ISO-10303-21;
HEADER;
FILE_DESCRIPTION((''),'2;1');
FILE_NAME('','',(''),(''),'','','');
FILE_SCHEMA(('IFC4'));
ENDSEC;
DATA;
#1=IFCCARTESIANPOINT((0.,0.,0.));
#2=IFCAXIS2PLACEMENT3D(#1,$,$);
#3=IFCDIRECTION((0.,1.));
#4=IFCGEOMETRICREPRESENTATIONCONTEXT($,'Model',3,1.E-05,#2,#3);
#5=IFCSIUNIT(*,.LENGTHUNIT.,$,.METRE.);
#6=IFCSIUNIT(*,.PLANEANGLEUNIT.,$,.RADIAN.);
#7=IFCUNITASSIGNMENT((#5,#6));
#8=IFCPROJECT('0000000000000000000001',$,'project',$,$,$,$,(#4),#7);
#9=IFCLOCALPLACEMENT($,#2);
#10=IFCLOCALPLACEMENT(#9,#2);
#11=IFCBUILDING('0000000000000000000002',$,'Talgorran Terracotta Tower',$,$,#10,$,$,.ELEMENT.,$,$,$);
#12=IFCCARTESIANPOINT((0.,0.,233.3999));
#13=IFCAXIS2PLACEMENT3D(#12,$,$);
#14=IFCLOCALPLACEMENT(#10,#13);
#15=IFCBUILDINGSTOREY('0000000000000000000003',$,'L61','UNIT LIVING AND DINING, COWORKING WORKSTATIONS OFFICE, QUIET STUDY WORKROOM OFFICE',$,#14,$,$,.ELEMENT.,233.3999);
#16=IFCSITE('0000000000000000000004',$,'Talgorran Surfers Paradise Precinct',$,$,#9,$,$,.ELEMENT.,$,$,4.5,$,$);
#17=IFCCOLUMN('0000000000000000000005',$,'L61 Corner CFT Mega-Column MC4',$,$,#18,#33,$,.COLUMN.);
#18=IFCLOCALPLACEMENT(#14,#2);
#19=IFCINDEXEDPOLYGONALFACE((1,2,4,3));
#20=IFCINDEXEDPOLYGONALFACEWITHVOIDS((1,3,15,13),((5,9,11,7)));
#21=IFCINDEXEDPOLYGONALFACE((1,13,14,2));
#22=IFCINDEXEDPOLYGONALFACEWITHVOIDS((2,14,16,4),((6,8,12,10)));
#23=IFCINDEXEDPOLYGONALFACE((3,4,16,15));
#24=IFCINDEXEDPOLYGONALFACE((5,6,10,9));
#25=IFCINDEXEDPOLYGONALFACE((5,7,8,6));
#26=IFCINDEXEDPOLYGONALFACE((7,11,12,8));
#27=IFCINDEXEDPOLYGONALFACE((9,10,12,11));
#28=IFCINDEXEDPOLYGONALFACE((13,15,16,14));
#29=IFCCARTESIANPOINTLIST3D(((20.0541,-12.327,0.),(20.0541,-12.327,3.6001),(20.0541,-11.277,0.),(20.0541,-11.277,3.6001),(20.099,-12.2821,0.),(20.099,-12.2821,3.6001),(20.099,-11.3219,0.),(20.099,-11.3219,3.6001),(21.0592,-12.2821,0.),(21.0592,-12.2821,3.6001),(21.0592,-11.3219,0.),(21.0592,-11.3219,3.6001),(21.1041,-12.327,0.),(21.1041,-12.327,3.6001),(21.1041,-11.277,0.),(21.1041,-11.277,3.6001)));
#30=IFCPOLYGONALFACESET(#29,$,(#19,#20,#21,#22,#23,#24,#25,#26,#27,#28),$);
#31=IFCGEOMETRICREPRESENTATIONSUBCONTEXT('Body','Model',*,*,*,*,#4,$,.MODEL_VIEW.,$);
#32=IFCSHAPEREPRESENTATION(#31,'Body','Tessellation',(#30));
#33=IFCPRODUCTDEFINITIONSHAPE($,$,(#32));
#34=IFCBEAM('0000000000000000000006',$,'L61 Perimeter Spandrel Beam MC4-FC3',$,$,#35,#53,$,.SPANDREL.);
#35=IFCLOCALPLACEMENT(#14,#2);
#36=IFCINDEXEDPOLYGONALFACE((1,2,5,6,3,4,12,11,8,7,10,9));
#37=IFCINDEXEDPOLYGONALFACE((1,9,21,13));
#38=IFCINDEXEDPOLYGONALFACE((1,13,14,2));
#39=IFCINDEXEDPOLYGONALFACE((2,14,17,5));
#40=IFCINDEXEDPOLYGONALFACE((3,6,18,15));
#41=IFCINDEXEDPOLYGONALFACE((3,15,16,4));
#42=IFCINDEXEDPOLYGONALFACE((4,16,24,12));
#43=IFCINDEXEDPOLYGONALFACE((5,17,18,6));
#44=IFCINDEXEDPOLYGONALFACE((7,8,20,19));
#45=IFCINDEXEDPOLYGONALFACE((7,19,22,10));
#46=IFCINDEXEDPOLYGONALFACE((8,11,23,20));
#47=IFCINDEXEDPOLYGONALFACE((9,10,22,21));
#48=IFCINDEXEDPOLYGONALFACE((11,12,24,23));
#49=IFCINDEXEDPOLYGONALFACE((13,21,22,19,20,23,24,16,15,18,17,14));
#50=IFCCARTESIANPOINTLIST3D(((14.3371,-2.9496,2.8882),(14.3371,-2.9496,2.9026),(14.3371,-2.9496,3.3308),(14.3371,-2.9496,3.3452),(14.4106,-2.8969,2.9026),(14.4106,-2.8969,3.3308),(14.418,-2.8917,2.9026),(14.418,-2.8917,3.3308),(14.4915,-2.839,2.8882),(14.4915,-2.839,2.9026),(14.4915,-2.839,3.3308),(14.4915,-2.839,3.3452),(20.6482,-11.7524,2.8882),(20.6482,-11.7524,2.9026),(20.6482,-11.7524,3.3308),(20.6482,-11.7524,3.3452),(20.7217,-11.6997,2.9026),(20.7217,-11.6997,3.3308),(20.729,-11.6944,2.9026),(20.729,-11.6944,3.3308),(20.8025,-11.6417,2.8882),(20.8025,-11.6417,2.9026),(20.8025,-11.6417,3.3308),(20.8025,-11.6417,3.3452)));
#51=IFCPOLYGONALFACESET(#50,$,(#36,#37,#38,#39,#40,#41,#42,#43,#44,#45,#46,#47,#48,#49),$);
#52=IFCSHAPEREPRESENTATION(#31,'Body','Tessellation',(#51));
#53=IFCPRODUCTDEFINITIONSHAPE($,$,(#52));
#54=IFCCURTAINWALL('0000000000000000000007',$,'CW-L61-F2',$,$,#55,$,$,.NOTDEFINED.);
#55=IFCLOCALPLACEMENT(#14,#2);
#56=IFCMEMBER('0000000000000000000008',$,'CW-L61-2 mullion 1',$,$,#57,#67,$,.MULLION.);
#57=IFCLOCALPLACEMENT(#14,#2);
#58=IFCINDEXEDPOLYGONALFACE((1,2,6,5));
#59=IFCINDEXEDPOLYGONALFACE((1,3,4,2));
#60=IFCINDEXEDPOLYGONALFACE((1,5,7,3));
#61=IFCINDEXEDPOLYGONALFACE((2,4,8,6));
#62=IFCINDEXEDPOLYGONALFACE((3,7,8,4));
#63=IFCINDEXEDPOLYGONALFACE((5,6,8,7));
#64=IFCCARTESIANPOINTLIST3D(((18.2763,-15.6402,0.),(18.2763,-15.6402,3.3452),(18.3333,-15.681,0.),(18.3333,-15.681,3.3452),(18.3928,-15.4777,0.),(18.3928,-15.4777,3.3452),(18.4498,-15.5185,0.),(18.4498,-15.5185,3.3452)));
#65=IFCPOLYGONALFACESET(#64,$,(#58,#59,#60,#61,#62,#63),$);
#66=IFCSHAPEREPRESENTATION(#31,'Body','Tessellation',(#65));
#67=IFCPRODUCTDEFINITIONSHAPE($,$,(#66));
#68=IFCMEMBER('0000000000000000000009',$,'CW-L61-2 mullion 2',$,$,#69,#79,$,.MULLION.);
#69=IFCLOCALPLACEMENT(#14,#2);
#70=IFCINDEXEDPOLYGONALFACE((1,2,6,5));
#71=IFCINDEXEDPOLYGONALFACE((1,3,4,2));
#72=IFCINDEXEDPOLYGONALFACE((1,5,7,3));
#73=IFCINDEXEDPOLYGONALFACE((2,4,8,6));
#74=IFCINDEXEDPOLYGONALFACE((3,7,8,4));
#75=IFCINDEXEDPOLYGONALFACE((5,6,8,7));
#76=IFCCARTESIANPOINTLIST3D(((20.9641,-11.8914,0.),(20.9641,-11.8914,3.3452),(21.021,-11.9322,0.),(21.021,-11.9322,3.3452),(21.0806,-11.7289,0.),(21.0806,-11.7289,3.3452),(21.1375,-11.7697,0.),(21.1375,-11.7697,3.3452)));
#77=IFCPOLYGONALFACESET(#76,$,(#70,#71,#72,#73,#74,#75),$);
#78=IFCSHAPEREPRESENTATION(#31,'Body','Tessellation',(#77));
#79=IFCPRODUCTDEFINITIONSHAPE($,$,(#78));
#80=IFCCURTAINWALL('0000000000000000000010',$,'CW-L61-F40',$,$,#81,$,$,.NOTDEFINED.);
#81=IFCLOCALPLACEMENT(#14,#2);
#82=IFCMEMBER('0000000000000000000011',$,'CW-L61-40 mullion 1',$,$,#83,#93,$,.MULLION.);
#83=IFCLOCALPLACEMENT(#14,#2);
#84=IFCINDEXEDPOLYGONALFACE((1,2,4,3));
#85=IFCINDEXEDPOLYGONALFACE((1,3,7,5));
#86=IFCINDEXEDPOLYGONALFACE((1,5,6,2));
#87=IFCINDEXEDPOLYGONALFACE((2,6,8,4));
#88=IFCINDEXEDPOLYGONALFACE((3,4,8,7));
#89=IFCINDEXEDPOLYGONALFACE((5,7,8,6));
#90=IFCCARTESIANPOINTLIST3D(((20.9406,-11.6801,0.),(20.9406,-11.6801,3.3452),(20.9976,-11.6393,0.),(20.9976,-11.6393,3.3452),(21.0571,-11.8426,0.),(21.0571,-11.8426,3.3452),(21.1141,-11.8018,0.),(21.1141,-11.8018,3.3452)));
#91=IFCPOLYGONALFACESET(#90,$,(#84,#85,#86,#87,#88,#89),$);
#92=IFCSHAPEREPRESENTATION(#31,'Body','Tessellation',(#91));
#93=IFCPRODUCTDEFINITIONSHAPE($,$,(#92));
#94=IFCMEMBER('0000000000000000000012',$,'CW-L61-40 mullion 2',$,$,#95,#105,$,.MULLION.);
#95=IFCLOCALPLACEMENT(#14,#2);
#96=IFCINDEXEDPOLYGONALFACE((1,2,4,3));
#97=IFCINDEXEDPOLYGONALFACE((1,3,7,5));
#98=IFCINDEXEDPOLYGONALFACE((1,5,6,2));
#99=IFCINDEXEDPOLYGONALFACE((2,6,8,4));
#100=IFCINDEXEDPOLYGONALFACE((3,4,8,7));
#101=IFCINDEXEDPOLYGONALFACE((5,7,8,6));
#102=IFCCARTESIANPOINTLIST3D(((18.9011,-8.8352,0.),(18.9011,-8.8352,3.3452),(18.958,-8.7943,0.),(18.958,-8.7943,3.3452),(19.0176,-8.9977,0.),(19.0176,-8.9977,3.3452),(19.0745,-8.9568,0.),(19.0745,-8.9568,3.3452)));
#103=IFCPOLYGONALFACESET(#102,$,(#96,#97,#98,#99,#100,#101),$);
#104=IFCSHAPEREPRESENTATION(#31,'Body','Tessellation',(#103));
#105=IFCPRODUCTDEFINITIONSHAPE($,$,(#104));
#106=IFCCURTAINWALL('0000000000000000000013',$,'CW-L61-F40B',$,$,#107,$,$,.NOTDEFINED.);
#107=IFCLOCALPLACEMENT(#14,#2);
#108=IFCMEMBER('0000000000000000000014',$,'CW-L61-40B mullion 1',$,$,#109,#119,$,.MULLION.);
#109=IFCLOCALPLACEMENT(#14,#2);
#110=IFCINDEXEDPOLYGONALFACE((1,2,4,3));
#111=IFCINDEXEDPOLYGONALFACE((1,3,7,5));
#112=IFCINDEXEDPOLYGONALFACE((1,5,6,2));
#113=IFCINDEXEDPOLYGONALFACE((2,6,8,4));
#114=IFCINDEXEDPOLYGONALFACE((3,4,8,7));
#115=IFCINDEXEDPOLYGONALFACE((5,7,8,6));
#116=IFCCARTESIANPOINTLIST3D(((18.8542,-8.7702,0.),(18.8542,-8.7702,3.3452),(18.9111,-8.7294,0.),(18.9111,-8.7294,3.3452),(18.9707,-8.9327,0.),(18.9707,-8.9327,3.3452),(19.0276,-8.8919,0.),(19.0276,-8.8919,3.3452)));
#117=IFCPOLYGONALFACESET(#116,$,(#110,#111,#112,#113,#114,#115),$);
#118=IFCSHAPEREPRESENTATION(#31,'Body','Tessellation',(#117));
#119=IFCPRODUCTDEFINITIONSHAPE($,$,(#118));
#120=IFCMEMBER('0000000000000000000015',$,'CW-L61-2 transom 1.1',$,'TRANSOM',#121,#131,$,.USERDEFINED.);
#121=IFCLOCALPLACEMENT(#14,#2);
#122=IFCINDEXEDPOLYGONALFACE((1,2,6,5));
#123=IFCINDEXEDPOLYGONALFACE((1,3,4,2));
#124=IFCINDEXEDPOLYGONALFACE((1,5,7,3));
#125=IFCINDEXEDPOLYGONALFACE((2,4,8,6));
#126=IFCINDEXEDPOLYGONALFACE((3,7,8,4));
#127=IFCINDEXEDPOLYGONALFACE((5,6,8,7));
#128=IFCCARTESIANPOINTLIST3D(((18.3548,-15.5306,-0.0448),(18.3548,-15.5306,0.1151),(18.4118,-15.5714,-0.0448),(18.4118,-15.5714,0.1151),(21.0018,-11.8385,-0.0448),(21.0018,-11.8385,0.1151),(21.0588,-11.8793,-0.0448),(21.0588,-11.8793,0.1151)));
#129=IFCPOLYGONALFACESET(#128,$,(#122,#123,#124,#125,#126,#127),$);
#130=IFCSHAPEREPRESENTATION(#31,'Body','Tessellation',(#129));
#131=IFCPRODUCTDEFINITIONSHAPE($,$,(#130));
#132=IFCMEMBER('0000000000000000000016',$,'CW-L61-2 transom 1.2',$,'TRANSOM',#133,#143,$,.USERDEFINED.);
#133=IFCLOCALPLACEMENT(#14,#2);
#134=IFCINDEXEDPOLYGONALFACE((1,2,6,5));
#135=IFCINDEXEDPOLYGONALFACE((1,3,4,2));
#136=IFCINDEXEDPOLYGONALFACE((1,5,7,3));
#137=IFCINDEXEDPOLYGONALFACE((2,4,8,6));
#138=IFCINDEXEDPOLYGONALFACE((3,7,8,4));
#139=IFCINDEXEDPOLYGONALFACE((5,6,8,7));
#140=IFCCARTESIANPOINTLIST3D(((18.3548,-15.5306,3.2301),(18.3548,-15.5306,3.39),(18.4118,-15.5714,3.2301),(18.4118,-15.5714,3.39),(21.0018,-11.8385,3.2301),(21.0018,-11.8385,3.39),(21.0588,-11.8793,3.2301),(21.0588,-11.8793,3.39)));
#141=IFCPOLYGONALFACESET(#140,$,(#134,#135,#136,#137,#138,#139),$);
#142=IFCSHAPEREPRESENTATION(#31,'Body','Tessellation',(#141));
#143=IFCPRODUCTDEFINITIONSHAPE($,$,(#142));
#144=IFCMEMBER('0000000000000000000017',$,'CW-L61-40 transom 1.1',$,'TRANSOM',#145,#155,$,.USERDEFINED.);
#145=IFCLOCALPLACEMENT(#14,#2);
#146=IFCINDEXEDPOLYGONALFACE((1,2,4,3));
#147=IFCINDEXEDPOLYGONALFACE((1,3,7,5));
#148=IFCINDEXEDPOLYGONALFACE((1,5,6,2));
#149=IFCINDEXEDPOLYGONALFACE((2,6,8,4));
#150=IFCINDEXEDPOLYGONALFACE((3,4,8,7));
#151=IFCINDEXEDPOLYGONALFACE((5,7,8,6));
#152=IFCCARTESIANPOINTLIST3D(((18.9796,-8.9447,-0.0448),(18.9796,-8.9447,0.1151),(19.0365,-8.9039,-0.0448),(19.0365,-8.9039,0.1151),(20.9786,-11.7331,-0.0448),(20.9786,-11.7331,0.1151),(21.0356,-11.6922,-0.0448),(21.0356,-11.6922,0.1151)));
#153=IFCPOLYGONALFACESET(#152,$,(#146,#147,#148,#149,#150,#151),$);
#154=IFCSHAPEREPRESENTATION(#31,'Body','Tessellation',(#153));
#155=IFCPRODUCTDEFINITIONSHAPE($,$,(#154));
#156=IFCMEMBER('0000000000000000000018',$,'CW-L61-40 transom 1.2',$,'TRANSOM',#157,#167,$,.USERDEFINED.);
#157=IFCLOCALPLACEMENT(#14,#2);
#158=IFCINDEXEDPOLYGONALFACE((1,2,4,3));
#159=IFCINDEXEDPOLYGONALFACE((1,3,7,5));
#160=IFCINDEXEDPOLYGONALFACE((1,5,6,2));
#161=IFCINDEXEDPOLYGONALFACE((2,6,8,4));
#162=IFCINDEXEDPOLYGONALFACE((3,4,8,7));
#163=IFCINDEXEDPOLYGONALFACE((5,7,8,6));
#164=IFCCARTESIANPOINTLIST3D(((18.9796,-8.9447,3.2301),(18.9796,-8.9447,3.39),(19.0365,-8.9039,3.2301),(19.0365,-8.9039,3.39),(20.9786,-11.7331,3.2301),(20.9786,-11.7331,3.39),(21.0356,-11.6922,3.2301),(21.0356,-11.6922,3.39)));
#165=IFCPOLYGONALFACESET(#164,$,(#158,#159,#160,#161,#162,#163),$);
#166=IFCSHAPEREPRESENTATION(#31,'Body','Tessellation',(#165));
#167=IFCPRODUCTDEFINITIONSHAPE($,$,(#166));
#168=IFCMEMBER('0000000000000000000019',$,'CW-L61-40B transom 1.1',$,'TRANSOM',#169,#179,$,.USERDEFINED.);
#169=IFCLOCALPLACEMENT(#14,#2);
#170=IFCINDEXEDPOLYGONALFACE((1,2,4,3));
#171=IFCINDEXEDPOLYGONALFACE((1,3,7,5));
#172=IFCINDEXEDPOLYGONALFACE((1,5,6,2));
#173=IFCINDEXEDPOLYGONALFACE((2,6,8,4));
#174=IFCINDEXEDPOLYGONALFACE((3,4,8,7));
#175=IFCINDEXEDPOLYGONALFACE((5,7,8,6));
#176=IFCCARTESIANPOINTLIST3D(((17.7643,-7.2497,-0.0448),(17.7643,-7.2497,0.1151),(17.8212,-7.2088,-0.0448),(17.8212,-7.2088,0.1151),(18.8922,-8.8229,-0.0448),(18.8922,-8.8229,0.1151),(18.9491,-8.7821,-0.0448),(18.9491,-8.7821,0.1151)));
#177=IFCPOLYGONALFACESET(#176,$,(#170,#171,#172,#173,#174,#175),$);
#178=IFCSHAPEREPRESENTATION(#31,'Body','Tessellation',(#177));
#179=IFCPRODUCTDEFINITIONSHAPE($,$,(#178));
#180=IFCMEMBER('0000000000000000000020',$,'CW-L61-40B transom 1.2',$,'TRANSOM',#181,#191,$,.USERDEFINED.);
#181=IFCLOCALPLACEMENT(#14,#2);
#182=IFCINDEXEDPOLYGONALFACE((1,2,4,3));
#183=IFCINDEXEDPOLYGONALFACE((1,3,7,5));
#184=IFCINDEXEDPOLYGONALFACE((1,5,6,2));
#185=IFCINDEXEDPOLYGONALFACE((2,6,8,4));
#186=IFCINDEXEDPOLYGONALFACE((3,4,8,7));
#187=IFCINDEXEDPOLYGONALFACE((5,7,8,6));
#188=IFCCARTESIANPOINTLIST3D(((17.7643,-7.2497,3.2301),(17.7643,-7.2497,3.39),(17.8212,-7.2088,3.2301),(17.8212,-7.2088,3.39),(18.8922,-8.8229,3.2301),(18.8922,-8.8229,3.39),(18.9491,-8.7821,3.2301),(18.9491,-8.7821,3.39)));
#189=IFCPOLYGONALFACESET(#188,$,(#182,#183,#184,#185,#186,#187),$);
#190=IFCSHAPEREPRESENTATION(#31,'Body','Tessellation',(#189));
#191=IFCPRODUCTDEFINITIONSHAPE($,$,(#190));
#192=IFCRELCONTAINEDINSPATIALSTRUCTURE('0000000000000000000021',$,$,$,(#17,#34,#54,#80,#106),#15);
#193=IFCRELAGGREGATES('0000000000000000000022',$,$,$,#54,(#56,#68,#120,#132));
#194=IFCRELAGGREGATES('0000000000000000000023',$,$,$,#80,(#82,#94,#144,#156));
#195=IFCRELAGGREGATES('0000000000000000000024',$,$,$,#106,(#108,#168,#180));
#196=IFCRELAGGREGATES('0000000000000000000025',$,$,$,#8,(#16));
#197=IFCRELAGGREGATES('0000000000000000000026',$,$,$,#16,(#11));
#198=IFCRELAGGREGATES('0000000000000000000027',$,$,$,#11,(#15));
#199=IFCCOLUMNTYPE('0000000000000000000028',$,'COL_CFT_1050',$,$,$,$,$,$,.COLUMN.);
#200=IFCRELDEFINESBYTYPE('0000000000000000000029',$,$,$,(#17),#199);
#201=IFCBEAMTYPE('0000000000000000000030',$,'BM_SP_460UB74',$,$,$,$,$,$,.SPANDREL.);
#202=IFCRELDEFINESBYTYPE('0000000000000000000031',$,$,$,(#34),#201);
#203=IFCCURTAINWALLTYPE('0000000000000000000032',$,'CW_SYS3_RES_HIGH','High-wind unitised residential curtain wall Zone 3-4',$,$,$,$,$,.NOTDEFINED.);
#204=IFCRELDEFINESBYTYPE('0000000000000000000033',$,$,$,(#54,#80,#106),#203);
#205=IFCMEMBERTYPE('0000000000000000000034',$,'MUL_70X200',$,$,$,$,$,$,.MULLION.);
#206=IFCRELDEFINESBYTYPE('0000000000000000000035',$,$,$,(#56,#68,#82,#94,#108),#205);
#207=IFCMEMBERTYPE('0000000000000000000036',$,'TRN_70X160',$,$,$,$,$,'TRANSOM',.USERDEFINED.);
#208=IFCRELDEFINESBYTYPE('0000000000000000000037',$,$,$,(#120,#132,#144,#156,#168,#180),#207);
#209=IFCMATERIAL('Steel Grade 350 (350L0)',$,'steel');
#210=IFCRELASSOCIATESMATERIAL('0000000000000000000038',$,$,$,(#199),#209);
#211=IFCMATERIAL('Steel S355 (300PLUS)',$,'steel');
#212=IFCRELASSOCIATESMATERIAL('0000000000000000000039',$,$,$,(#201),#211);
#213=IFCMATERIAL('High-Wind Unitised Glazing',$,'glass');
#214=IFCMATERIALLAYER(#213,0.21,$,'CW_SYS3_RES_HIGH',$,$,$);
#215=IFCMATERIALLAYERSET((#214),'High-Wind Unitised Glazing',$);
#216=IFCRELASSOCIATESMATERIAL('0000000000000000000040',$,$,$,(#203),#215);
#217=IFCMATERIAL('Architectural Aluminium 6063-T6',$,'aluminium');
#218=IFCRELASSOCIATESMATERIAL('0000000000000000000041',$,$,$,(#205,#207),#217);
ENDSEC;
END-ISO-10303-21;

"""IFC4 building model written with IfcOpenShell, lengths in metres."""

from ifc_helpers import new_model, si_unit, direction, frame, origin, origin_2d, place, context, subcontext, project, spatial, rectangle, hollow_rectangle, i_section, extrude, material, layer, layer_set, material_profile, profile_set, type_object, element, aggregate, save


model = new_model("IFC4")

# Units and contexts
model_context = context("Model", 3, precision=1e-05, world=origin(), true_north=direction((0.0, 1.0)))
body_context = subcontext(model_context, "Body", "Model", "MODEL_VIEW")
ifc_project = project(units=[si_unit("LENGTHUNIT", "METRE"), si_unit("PLANEANGLEUNIT", "RADIAN")], contexts=[model_context])

# Site, building, storey
site_placement = place(None, origin())
site = spatial("IfcSite", under=ifc_project, at=site_placement, Name="Talgorran Surfers Paradise Precinct", CompositionType="ELEMENT", RefElevation=4.5)
building_placement = place(site_placement, origin())
building = spatial("IfcBuilding", under=site, at=building_placement, Name="Talgorran Terracotta Tower", CompositionType="ELEMENT")
storey_placement = place(building_placement, frame((0.0, 0.0, 233.3999)))
storey = spatial("IfcBuildingStorey", under=building, at=storey_placement, Name="L61", Description="UNIT LIVING AND DINING, COWORKING WORKSTATIONS OFFICE, QUIET STUDY WORKROOM OFFICE", CompositionType="ELEMENT", Elevation=233.3999)

# Column
ifc_material_1 = material(Name="Steel Grade 350 (350L0)", Category="steel")
ifc_material_profile_1 = material_profile(ifc_material_1, hollow_rectangle(XDim=1.05, YDim=1.05, WallThickness=0.0449, at=origin_2d()), Name="CFT1050X1050X45")
ifc_profile_set_1 = profile_set([ifc_material_profile_1], Name="Steel Grade 350 (350L0)")
column_type = type_object("IfcColumnType", Name="COL_CFT_1050", PredefinedType="COLUMN", material=ifc_profile_set_1)
column_placement = place(storey_placement, frame((20.5791, -11.802, 0.0), z_axis=(0.0, 0.0, 1.0), x_axis=(1.0, 0.0, 0.0)))
element("IfcColumn", 1, at=column_placement, inside=storey, type_object=column_type, Name="L61 Corner CFT Mega-Column MC4", PredefinedType="COLUMN", context=body_context, shape_type="SweptSolid", body=[
    extrude(hollow_rectangle(XDim=1.05, YDim=1.05, WallThickness=0.0449, at=origin_2d()), origin(), (0.0, 0.0, 1.0), 3.6001),
])

# Beam
ifc_material_2 = material(Name="Steel S355 (300PLUS)", Category="steel")
ifc_material_profile_2 = material_profile(ifc_material_2, i_section(OverallWidth=0.1899, OverallDepth=0.457, WebThickness=0.009, FlangeThickness=0.0144, at=origin_2d()), Name="460UB74.6")
ifc_profile_set_2 = profile_set([ifc_material_profile_2], Name="Steel S355 (300PLUS)")
beam_type = type_object("IfcBeamType", Name="BM_SP_460UB74", PredefinedType="SPANDREL", material=ifc_profile_set_2)
beam_placement = place(storey_placement, frame((20.7253, -11.697, 3.1167), z_axis=(-0.582666, 0.812712, 0.0), x_axis=(-0.812712, -0.582666, 0.0)))
element("IfcBeam", 2, at=beam_placement, inside=storey, type_object=beam_type, Name="L61 Perimeter Spandrel Beam MC4-FC3", PredefinedType="SPANDREL", context=body_context, shape_type="SweptSolid", body=[
    extrude(i_section(OverallWidth=0.1899, OverallDepth=0.457, WebThickness=0.009, FlangeThickness=0.0144, at=origin_2d()), origin(), (0.0, 0.0, 1.0), 10.8313),
])

# Curtain walls, members
ifc_material_3 = material(Name="High-Wind Unitised Glazing", Category="glass")
ifc_layer_1 = layer(ifc_material_3, 0.21, Name="CW_SYS3_RES_HIGH")
ifc_layer_set_1 = layer_set([ifc_layer_1], Name="High-Wind Unitised Glazing")
curtain_wall_type = type_object("IfcCurtainWallType", Name="CW_SYS3_RES_HIGH", Description="High-wind unitised residential curtain wall Zone 3-4", PredefinedType="NOTDEFINED", material=ifc_layer_set_1)
curtain_wall_1_placement = place(storey_placement, origin())
curtain_wall_1 = element("IfcCurtainWall", 3, at=curtain_wall_1_placement, inside=storey, type_object=curtain_wall_type, Name="CW-L61-F2", PredefinedType="NOTDEFINED")
ifc_material_4 = material(Name="Architectural Aluminium 6063-T6", Category="aluminium")
ifc_material_profile_3 = material_profile(ifc_material_4, rectangle(XDim=0.0701, YDim=0.2, at=origin_2d()), Name="CWM70X200")
ifc_profile_set_3 = profile_set([ifc_material_profile_3], Name="Architectural Aluminium 6063-T6")
member_type_1 = type_object("IfcMemberType", Name="MUL_70X200", PredefinedType="MULLION", material=ifc_profile_set_3)
member_1_placement = place(storey_placement, frame((18.363, -15.5793, 0.0), z_axis=(0.0, 0.0, 1.0), x_axis=(-0.812715, 0.582661, 0.0)))
member_1 = element("IfcMember", 4, at=member_1_placement, type_object=member_type_1, Name="CW-L61-2 mullion 1", PredefinedType="MULLION", context=body_context, shape_type="SweptSolid", body=[
    extrude(rectangle(XDim=0.0701, YDim=0.2, at=origin_2d()), origin(), (0.0, 0.0, 1.0), 3.3452),
])
member_2_placement = place(storey_placement, frame((21.0508, -11.8306, 0.0), z_axis=(0.0, 0.0, 1.0), x_axis=(-0.812715, 0.582661, 0.0)))
member_2 = element("IfcMember", 5, at=member_2_placement, type_object=member_type_1, Name="CW-L61-2 mullion 2", PredefinedType="MULLION", context=body_context, shape_type="SweptSolid", body=[
    extrude(rectangle(XDim=0.0701, YDim=0.2, at=origin_2d()), origin(), (0.0, 0.0, 1.0), 3.3452),
])
curtain_wall_2_placement = place(storey_placement, origin())
curtain_wall_2 = element("IfcCurtainWall", 6, at=curtain_wall_2_placement, inside=storey, type_object=curtain_wall_type, Name="CW-L61-F40", PredefinedType="NOTDEFINED")
member_3_placement = place(storey_placement, frame((21.0273, -11.741, 0.0), z_axis=(0.0, 0.0, 1.0), x_axis=(-0.81272, -0.582655, 0.0)))
member_3 = element("IfcMember", 7, at=member_3_placement, type_object=member_type_1, Name="CW-L61-40 mullion 1", PredefinedType="MULLION", context=body_context, shape_type="SweptSolid", body=[
    extrude(rectangle(XDim=0.0701, YDim=0.2, at=origin_2d()), origin(), (0.0, 0.0, 1.0), 3.3452),
])
member_4_placement = place(storey_placement, frame((18.9878, -8.896, 0.0), z_axis=(0.0, 0.0, 1.0), x_axis=(-0.81272, -0.582655, 0.0)))
member_4 = element("IfcMember", 8, at=member_4_placement, type_object=member_type_1, Name="CW-L61-40 mullion 2", PredefinedType="MULLION", context=body_context, shape_type="SweptSolid", body=[
    extrude(rectangle(XDim=0.0701, YDim=0.2, at=origin_2d()), origin(), (0.0, 0.0, 1.0), 3.3452),
])

# Curtain wall, member
curtain_wall_3_placement = place(storey_placement, origin())
curtain_wall_3 = element("IfcCurtainWall", 9, at=curtain_wall_3_placement, inside=storey, type_object=curtain_wall_type, Name="CW-L61-F40B", PredefinedType="NOTDEFINED")
member_5_placement = place(storey_placement, frame((18.9409, -8.8311, 0.0), z_axis=(0.0, 0.0, 1.0), x_axis=(-0.812723, -0.58265, 0.0)))
member_5 = element("IfcMember", 10, at=member_5_placement, type_object=member_type_1, Name="CW-L61-40B mullion 1", PredefinedType="MULLION", context=body_context, shape_type="SweptSolid", body=[
    extrude(rectangle(XDim=0.0701, YDim=0.2, at=origin_2d()), origin(), (0.0, 0.0, 1.0), 3.3452),
])

# Members
ifc_material_profile_4 = material_profile(ifc_material_4, rectangle(XDim=0.0701, YDim=0.1599, at=origin_2d()), Name="CWT70X160")
ifc_profile_set_4 = profile_set([ifc_material_profile_4], Name="Architectural Aluminium 6063-T6")
member_type_2 = type_object("IfcMemberType", Name="TRN_70X160", ElementType="TRANSOM", PredefinedType="USERDEFINED", material=ifc_profile_set_4)
member_6_placement = place(storey_placement, frame((18.3833, -15.551, 0.0352), z_axis=(0.582656, 0.812719, 0.0), x_axis=(-0.812719, 0.582656, 0.0)))
member_6 = element("IfcMember", 11, at=member_6_placement, type_object=member_type_2, Name="CW-L61-2 transom 1.1", ObjectType="TRANSOM", PredefinedType="USERDEFINED", context=body_context, shape_type="SweptSolid", body=[
    extrude(rectangle(XDim=0.0701, YDim=0.1599, at=origin_2d()), origin(), (0.0, 0.0, 1.0), 4.543),
])
member_7_placement = place(storey_placement, frame((18.3833, -15.551, 3.3101), z_axis=(0.582656, 0.812719, 0.0), x_axis=(-0.812719, 0.582656, 0.0)))
member_7 = element("IfcMember", 12, at=member_7_placement, type_object=member_type_2, Name="CW-L61-2 transom 1.2", ObjectType="TRANSOM", PredefinedType="USERDEFINED", context=body_context, shape_type="SweptSolid", body=[
    extrude(rectangle(XDim=0.0701, YDim=0.1599, at=origin_2d()), origin(), (0.0, 0.0, 1.0), 4.543),
])
member_8_placement = place(storey_placement, frame((21.0071, -11.7126, 0.0352), z_axis=(-0.582658, 0.812718, 0.0), x_axis=(-0.812718, -0.582658, 0.0)))
member_8 = element("IfcMember", 13, at=member_8_placement, type_object=member_type_2, Name="CW-L61-40 transom 1.1", ObjectType="TRANSOM", PredefinedType="USERDEFINED", context=body_context, shape_type="SweptSolid", body=[
    extrude(rectangle(XDim=0.0701, YDim=0.1599, at=origin_2d()), origin(), (0.0, 0.0, 1.0), 3.4309),
])
member_9_placement = place(storey_placement, frame((21.0071, -11.7126, 3.3101), z_axis=(-0.582658, 0.812718, 0.0), x_axis=(-0.812718, -0.582658, 0.0)))
member_9 = element("IfcMember", 14, at=member_9_placement, type_object=member_type_2, Name="CW-L61-40 transom 1.2", ObjectType="TRANSOM", PredefinedType="USERDEFINED", context=body_context, shape_type="SweptSolid", body=[
    extrude(rectangle(XDim=0.0701, YDim=0.1599, at=origin_2d()), origin(), (0.0, 0.0, 1.0), 3.4309),
])
member_10_placement = place(storey_placement, frame((18.9207, -8.8025, 0.0352), z_axis=(-0.582669, 0.81271, 0.0), x_axis=(-0.81271, -0.582669, 0.0)))
member_10 = element("IfcMember", 15, at=member_10_placement, type_object=member_type_2, Name="CW-L61-40B transom 1.1", ObjectType="TRANSOM", PredefinedType="USERDEFINED", context=body_context, shape_type="SweptSolid", body=[
    extrude(rectangle(XDim=0.0701, YDim=0.1599, at=origin_2d()), origin(), (0.0, 0.0, 1.0), 1.9358),
])
member_11_placement = place(storey_placement, frame((18.9207, -8.8025, 3.3101), z_axis=(-0.582669, 0.81271, 0.0), x_axis=(-0.81271, -0.582669, 0.0)))
member_11 = element("IfcMember", 16, at=member_11_placement, type_object=member_type_2, Name="CW-L61-40B transom 1.2", ObjectType="TRANSOM", PredefinedType="USERDEFINED", context=body_context, shape_type="SweptSolid", body=[
    extrude(rectangle(XDim=0.0701, YDim=0.1599, at=origin_2d()), origin(), (0.0, 0.0, 1.0), 1.9358),
])

aggregate(curtain_wall_1, [member_1, member_2, member_6, member_7])
aggregate(curtain_wall_2, [member_3, member_4, member_8, member_9])
aggregate(curtain_wall_3, [member_5, member_10, member_11])

save(model, "model.ifc")
